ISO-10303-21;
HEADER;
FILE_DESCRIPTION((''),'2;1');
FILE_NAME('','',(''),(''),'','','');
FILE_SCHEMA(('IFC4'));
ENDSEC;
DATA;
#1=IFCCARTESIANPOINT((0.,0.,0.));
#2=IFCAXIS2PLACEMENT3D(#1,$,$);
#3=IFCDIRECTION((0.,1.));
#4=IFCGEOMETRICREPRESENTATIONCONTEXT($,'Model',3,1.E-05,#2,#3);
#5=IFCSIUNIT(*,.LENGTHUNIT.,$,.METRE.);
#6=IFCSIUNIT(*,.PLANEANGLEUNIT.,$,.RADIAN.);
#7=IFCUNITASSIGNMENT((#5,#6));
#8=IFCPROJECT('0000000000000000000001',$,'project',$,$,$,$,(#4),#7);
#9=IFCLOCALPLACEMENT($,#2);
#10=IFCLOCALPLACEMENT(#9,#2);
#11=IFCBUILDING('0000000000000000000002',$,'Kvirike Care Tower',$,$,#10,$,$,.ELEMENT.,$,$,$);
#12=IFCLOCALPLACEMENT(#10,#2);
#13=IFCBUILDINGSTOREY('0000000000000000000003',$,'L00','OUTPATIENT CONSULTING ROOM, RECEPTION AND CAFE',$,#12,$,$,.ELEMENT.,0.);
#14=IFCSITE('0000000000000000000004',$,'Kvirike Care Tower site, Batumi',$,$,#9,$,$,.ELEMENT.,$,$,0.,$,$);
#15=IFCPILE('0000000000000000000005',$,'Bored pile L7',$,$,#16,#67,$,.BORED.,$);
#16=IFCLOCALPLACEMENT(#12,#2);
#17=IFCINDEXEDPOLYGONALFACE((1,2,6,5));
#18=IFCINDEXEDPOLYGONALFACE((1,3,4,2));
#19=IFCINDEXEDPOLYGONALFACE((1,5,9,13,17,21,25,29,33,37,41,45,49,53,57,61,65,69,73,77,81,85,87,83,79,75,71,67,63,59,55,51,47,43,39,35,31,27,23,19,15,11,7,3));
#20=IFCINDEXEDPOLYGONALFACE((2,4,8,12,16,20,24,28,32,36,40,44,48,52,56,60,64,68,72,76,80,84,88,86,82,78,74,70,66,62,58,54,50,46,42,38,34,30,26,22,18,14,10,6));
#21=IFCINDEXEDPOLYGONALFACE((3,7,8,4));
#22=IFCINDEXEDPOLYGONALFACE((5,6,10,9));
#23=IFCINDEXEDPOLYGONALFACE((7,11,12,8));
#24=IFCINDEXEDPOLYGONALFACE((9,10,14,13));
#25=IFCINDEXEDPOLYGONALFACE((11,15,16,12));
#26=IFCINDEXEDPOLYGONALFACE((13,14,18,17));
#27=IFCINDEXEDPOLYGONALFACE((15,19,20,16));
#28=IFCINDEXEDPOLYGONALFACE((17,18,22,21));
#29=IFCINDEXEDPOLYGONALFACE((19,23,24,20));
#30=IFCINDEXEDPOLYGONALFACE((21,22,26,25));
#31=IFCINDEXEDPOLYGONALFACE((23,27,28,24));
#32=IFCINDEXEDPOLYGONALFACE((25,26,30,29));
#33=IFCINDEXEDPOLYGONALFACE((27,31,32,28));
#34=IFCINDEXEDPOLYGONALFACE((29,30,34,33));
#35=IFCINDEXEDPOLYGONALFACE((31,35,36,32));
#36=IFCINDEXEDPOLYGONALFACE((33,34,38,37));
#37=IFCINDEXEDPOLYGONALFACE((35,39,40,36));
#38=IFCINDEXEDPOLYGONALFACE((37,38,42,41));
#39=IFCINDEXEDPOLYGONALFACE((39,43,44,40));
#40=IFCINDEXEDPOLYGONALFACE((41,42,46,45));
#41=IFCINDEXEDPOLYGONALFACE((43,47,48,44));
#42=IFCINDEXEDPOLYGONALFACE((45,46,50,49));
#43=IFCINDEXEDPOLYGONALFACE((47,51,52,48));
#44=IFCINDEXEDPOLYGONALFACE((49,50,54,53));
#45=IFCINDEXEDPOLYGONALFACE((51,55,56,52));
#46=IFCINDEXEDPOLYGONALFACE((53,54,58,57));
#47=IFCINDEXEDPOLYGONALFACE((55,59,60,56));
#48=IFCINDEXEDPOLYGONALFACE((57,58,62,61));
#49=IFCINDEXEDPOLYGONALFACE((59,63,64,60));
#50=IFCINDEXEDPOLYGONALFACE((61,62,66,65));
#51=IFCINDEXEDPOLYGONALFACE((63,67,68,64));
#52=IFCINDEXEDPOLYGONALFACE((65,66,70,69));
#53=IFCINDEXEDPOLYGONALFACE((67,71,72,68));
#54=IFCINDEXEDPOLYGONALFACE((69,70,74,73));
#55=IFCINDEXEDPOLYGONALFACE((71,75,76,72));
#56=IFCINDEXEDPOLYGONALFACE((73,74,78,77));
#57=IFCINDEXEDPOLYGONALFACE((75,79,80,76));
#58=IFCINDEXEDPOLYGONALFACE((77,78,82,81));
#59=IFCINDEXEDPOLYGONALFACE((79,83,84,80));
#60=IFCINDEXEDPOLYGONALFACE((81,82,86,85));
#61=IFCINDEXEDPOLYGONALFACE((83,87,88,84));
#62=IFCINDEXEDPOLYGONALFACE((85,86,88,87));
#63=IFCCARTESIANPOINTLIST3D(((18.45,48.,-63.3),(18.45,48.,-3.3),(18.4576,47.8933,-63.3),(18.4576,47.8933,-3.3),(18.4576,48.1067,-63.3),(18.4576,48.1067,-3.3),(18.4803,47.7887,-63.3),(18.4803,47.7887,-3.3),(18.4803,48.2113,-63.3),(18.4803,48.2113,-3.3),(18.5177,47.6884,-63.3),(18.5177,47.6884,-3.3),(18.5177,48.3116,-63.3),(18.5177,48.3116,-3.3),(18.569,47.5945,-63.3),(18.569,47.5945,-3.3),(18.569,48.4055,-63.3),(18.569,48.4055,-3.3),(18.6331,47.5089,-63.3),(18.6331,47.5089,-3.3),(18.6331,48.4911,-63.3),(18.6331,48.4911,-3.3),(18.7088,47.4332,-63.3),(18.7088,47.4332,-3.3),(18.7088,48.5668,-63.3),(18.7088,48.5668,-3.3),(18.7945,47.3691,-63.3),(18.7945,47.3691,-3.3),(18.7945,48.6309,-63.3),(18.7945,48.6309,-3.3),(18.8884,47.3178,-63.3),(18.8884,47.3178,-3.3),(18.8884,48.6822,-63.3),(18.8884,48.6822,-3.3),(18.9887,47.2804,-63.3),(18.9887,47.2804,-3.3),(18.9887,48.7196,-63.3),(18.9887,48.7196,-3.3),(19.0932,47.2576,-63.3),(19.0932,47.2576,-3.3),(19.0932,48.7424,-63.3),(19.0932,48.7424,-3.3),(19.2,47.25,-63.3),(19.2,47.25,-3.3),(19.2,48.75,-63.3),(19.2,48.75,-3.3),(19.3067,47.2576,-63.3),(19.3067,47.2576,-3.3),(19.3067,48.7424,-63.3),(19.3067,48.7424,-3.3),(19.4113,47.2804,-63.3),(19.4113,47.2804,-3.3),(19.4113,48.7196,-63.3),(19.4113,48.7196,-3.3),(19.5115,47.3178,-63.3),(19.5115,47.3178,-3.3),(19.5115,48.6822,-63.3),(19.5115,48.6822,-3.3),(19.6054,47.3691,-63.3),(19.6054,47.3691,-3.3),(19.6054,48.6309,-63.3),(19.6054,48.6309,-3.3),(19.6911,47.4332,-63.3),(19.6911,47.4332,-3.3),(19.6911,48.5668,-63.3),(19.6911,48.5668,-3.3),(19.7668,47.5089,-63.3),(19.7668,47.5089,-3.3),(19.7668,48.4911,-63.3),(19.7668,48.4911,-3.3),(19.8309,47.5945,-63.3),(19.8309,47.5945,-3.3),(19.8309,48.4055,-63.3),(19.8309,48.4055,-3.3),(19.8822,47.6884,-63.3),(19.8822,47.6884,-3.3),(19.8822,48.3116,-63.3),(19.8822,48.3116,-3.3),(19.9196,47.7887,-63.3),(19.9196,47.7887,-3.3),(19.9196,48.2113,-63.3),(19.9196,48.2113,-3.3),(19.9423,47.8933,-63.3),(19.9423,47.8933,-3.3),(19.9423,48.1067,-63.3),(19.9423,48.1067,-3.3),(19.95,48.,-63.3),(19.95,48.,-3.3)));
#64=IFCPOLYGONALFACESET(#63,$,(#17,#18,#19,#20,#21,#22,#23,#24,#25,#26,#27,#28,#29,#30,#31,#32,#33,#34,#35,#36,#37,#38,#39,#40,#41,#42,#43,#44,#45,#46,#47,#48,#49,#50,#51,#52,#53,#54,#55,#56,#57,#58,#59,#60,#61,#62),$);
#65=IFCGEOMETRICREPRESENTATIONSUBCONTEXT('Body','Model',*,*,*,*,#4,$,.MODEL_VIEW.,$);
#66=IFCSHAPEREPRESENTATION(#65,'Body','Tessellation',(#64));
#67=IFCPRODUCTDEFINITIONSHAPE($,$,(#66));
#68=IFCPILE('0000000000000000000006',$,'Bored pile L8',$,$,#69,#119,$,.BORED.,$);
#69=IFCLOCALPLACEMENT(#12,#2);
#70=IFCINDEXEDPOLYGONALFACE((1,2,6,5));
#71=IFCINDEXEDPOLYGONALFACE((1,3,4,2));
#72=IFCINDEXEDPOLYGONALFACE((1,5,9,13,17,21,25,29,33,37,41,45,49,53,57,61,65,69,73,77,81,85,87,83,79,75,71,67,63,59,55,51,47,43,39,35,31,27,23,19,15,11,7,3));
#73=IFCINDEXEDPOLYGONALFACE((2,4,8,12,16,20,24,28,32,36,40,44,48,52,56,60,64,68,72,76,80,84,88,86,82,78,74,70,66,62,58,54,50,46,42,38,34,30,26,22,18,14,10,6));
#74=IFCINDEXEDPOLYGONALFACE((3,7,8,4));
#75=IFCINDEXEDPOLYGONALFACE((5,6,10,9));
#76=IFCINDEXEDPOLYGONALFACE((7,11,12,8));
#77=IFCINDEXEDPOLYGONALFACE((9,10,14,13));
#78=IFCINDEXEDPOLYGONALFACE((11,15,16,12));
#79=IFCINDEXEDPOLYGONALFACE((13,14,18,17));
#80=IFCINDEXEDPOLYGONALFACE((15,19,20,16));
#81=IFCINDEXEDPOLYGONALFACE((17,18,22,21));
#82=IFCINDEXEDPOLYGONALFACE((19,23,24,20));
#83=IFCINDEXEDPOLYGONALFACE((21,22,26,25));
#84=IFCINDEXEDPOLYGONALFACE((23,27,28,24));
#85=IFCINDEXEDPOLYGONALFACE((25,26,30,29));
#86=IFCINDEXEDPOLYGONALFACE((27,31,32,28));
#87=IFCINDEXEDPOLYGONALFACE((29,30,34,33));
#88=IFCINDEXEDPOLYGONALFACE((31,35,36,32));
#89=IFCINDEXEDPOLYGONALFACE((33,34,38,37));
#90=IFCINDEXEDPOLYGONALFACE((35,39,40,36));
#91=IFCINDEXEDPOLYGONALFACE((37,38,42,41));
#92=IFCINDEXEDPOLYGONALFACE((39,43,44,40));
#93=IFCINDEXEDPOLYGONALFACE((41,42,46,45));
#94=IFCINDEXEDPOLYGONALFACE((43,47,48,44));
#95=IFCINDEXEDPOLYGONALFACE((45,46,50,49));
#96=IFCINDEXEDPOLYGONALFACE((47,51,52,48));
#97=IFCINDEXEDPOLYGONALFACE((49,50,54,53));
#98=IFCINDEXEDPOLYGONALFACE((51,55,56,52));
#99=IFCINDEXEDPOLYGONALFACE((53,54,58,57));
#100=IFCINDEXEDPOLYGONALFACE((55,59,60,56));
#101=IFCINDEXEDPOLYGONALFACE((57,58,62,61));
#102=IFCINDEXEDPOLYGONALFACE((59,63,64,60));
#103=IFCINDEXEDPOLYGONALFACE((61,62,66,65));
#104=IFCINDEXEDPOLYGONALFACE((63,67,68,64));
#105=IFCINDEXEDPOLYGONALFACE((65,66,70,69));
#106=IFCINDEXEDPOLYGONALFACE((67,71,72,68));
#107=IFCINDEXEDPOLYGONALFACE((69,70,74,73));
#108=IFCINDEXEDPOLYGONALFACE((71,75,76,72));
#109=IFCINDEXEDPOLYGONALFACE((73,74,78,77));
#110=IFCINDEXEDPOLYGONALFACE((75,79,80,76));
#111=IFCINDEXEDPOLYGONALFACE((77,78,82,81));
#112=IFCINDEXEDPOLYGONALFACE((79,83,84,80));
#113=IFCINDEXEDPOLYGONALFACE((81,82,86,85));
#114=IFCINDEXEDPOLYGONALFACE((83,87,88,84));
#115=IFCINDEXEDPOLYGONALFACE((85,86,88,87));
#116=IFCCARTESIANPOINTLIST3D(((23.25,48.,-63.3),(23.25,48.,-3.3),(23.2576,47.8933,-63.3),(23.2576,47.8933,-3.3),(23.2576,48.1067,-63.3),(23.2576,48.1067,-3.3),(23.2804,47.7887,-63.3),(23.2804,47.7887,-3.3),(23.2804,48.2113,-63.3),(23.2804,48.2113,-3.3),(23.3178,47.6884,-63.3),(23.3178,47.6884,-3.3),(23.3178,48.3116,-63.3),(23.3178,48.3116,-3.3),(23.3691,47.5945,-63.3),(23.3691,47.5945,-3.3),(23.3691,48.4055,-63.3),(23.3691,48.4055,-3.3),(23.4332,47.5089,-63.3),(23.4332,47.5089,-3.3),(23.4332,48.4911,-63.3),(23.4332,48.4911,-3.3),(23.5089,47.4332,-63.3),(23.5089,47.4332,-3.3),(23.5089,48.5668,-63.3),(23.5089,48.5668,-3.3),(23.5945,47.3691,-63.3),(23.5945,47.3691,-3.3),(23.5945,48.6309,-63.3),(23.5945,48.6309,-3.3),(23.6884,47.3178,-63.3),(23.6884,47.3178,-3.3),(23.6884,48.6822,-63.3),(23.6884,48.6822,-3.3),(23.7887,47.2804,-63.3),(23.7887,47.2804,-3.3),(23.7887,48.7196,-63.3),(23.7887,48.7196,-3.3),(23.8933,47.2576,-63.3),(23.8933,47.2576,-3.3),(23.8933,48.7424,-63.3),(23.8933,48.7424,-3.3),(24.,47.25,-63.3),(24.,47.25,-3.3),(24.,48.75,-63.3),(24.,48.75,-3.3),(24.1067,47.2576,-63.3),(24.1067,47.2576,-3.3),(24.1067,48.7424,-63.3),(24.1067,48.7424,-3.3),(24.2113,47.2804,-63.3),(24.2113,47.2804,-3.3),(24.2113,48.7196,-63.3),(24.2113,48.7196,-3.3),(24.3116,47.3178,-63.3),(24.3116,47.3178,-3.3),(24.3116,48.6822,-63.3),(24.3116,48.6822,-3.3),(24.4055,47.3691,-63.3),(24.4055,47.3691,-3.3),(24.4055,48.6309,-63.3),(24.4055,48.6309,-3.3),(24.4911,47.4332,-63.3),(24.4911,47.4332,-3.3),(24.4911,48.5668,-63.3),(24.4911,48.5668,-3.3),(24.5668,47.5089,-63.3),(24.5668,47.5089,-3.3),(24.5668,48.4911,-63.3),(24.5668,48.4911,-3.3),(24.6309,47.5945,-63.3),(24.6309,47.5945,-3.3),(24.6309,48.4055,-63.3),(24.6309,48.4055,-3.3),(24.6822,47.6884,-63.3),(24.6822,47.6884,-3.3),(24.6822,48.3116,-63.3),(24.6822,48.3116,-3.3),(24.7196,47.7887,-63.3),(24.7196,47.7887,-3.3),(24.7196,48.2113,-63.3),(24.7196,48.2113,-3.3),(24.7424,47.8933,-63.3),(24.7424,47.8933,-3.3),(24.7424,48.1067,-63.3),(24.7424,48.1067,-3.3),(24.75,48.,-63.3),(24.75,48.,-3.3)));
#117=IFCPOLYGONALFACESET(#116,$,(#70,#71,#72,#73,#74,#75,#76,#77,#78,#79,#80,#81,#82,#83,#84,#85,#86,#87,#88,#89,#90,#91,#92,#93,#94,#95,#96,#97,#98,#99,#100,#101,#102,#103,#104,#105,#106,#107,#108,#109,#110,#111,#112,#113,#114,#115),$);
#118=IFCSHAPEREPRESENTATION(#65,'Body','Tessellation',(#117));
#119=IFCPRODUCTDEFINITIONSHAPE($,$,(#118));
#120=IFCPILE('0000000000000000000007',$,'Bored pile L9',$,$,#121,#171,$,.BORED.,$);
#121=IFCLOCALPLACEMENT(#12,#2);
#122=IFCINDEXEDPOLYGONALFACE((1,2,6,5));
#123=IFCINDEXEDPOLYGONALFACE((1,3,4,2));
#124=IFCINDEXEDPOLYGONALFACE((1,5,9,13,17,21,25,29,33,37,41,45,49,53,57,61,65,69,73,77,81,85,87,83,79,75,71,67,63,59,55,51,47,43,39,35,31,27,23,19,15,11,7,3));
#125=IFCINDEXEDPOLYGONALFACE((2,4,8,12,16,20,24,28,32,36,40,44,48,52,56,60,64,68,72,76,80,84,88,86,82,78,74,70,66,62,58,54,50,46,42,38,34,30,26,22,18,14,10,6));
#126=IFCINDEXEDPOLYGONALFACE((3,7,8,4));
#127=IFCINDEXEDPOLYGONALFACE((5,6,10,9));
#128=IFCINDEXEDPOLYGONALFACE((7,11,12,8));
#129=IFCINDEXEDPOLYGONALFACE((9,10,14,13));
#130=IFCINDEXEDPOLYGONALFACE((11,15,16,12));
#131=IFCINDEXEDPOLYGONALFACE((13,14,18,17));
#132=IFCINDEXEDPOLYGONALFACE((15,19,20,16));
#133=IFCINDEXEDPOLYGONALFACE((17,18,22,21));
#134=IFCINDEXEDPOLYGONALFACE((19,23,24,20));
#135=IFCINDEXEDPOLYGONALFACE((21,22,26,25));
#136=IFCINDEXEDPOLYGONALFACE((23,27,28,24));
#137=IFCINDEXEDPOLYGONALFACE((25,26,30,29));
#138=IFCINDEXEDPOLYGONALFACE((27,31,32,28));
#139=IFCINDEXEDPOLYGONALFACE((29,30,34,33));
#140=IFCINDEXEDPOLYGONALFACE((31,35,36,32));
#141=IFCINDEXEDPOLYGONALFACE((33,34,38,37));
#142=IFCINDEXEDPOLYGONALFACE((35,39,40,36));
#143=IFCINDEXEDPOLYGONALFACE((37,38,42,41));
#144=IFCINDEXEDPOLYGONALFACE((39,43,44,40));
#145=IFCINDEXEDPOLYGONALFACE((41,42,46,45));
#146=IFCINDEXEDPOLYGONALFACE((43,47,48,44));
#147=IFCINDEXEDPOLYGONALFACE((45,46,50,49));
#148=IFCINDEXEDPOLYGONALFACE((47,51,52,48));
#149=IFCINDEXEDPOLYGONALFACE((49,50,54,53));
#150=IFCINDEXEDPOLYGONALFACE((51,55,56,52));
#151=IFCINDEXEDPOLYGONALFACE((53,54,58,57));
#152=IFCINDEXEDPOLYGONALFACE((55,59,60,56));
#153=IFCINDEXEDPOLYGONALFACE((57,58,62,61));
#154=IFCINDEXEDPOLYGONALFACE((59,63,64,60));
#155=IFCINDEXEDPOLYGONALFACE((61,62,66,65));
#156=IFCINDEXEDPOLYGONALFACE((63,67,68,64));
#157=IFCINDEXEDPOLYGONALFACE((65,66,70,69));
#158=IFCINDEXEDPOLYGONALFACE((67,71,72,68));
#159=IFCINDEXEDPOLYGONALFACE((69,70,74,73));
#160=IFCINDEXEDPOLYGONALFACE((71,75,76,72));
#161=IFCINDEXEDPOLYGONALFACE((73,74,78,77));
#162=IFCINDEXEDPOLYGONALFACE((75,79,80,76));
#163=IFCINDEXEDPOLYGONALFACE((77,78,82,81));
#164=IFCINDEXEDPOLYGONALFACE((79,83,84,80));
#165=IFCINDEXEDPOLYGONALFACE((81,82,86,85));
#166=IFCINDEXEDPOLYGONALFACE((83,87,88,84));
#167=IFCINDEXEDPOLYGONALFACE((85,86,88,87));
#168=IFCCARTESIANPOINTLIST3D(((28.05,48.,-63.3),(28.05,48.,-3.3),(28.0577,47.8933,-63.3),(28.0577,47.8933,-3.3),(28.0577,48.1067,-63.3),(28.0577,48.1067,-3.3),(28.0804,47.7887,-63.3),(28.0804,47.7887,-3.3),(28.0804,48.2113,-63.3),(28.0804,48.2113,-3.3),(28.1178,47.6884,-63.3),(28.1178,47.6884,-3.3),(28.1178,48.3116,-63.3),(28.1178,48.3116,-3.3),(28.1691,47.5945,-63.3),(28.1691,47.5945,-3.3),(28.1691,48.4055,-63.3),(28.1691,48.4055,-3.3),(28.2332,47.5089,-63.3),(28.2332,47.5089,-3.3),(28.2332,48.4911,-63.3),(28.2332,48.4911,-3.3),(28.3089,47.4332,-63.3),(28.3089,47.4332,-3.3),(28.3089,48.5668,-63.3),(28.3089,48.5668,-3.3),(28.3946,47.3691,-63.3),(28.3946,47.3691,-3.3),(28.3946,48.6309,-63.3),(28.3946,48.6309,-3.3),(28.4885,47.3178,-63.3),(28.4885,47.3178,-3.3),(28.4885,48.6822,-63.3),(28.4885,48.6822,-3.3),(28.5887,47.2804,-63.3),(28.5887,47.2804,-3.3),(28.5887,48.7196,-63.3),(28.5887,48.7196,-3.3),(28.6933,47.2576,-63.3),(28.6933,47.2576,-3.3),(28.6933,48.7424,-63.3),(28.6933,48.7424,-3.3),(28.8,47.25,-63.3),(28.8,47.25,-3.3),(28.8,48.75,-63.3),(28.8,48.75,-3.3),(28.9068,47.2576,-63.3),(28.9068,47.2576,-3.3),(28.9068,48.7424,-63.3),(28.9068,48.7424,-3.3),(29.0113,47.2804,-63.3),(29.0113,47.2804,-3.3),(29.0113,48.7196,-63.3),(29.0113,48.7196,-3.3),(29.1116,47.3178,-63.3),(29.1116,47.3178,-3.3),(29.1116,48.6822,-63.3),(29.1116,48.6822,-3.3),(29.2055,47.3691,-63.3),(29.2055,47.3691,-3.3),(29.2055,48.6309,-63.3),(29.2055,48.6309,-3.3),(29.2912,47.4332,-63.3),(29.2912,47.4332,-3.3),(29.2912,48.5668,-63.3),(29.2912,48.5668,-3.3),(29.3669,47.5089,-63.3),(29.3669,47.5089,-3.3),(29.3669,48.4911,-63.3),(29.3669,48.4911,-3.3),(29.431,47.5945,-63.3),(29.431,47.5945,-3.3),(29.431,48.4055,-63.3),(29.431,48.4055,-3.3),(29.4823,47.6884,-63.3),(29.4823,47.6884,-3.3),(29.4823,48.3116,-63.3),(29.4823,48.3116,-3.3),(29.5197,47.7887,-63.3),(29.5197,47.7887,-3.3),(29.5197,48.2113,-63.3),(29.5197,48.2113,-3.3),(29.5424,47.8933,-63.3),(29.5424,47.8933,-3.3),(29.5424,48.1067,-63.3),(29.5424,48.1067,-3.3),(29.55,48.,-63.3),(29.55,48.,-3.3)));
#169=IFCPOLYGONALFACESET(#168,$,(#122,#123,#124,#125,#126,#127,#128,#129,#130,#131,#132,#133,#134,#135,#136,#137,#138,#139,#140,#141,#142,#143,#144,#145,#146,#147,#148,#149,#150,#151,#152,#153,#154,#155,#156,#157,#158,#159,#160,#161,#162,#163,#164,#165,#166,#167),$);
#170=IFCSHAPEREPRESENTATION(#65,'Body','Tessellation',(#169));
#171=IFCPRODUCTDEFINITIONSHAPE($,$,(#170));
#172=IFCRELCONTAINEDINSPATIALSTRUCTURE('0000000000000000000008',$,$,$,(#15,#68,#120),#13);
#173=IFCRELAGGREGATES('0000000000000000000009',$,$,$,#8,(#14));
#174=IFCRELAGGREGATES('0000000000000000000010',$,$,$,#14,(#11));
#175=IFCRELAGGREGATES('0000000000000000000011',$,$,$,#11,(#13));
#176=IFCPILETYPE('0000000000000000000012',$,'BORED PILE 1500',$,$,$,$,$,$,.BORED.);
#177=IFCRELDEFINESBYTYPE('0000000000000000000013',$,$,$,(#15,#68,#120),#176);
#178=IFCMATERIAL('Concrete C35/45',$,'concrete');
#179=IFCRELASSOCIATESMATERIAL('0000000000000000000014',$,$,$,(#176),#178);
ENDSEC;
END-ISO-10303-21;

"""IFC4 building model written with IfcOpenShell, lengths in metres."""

from ifc_helpers import new_model, si_unit, direction, frame, origin, origin_2d, place, context, subcontext, project, spatial, circle, extrude, material, material_profile, profile_set, type_object, element, save


model = new_model("IFC4")

# Units and contexts
model_context = context("Model", 3, precision=1e-05, world=origin(), true_north=direction((0.0, 1.0)))
body_context = subcontext(model_context, "Body", "Model", "MODEL_VIEW")
ifc_project = project(units=[si_unit("LENGTHUNIT", "METRE"), si_unit("PLANEANGLEUNIT", "RADIAN")], contexts=[model_context])

# Site, building, storey
site_placement = place(None, origin())
site = spatial("IfcSite", under=ifc_project, at=site_placement, Name="Kvirike Care Tower site, Batumi", CompositionType="ELEMENT", RefElevation=0.0)
building_placement = place(site_placement, origin())
building = spatial("IfcBuilding", under=site, at=building_placement, Name="Kvirike Care Tower", CompositionType="ELEMENT")
storey_placement = place(building_placement, origin())
storey = spatial("IfcBuildingStorey", under=building, at=storey_placement, Name="L00", Description="OUTPATIENT CONSULTING ROOM, RECEPTION AND CAFE", CompositionType="ELEMENT", Elevation=0.0)

# Piles
ifc_material_1 = material(Name="Concrete C35/45", Category="concrete")
ifc_material_profile_1 = material_profile(ifc_material_1, circle(Radius=0.75, at=origin_2d()), Name="BORED PILE 1500")
ifc_profile_set_1 = profile_set([ifc_material_profile_1], Name="Concrete C35/45")
pile_type = type_object("IfcPileType", Name="BORED PILE 1500", PredefinedType="BORED", material=ifc_profile_set_1)
for number, where, z_axis, x_axis, name in (
    (1, (19.2, 48.0, -3.3), (0.0, 0.0, -1.0), (1.0, 0.0, 0.0), "Bored pile L7"),
    (2, (24.0, 48.0, -3.3), (0.0, 0.0, -1.0), (1.0, 0.0, 0.0), "Bored pile L8"),
    (3, (28.8, 48.0, -3.3), (0.0, 0.0, -1.0), (1.0, 0.0, 0.0), "Bored pile L9"),
):
    element("IfcPile", number, at=place(storey_placement, frame(where, z_axis=z_axis, x_axis=x_axis)), inside=storey, type_object=pile_type, Name=name, PredefinedType="BORED", context=body_context, shape_type="SweptSolid", body=[
        extrude(circle(Radius=0.75, at=origin_2d()), origin(), (0.0, 0.0, 1.0), 60.0),
    ])

save(model, "model.ifc")
